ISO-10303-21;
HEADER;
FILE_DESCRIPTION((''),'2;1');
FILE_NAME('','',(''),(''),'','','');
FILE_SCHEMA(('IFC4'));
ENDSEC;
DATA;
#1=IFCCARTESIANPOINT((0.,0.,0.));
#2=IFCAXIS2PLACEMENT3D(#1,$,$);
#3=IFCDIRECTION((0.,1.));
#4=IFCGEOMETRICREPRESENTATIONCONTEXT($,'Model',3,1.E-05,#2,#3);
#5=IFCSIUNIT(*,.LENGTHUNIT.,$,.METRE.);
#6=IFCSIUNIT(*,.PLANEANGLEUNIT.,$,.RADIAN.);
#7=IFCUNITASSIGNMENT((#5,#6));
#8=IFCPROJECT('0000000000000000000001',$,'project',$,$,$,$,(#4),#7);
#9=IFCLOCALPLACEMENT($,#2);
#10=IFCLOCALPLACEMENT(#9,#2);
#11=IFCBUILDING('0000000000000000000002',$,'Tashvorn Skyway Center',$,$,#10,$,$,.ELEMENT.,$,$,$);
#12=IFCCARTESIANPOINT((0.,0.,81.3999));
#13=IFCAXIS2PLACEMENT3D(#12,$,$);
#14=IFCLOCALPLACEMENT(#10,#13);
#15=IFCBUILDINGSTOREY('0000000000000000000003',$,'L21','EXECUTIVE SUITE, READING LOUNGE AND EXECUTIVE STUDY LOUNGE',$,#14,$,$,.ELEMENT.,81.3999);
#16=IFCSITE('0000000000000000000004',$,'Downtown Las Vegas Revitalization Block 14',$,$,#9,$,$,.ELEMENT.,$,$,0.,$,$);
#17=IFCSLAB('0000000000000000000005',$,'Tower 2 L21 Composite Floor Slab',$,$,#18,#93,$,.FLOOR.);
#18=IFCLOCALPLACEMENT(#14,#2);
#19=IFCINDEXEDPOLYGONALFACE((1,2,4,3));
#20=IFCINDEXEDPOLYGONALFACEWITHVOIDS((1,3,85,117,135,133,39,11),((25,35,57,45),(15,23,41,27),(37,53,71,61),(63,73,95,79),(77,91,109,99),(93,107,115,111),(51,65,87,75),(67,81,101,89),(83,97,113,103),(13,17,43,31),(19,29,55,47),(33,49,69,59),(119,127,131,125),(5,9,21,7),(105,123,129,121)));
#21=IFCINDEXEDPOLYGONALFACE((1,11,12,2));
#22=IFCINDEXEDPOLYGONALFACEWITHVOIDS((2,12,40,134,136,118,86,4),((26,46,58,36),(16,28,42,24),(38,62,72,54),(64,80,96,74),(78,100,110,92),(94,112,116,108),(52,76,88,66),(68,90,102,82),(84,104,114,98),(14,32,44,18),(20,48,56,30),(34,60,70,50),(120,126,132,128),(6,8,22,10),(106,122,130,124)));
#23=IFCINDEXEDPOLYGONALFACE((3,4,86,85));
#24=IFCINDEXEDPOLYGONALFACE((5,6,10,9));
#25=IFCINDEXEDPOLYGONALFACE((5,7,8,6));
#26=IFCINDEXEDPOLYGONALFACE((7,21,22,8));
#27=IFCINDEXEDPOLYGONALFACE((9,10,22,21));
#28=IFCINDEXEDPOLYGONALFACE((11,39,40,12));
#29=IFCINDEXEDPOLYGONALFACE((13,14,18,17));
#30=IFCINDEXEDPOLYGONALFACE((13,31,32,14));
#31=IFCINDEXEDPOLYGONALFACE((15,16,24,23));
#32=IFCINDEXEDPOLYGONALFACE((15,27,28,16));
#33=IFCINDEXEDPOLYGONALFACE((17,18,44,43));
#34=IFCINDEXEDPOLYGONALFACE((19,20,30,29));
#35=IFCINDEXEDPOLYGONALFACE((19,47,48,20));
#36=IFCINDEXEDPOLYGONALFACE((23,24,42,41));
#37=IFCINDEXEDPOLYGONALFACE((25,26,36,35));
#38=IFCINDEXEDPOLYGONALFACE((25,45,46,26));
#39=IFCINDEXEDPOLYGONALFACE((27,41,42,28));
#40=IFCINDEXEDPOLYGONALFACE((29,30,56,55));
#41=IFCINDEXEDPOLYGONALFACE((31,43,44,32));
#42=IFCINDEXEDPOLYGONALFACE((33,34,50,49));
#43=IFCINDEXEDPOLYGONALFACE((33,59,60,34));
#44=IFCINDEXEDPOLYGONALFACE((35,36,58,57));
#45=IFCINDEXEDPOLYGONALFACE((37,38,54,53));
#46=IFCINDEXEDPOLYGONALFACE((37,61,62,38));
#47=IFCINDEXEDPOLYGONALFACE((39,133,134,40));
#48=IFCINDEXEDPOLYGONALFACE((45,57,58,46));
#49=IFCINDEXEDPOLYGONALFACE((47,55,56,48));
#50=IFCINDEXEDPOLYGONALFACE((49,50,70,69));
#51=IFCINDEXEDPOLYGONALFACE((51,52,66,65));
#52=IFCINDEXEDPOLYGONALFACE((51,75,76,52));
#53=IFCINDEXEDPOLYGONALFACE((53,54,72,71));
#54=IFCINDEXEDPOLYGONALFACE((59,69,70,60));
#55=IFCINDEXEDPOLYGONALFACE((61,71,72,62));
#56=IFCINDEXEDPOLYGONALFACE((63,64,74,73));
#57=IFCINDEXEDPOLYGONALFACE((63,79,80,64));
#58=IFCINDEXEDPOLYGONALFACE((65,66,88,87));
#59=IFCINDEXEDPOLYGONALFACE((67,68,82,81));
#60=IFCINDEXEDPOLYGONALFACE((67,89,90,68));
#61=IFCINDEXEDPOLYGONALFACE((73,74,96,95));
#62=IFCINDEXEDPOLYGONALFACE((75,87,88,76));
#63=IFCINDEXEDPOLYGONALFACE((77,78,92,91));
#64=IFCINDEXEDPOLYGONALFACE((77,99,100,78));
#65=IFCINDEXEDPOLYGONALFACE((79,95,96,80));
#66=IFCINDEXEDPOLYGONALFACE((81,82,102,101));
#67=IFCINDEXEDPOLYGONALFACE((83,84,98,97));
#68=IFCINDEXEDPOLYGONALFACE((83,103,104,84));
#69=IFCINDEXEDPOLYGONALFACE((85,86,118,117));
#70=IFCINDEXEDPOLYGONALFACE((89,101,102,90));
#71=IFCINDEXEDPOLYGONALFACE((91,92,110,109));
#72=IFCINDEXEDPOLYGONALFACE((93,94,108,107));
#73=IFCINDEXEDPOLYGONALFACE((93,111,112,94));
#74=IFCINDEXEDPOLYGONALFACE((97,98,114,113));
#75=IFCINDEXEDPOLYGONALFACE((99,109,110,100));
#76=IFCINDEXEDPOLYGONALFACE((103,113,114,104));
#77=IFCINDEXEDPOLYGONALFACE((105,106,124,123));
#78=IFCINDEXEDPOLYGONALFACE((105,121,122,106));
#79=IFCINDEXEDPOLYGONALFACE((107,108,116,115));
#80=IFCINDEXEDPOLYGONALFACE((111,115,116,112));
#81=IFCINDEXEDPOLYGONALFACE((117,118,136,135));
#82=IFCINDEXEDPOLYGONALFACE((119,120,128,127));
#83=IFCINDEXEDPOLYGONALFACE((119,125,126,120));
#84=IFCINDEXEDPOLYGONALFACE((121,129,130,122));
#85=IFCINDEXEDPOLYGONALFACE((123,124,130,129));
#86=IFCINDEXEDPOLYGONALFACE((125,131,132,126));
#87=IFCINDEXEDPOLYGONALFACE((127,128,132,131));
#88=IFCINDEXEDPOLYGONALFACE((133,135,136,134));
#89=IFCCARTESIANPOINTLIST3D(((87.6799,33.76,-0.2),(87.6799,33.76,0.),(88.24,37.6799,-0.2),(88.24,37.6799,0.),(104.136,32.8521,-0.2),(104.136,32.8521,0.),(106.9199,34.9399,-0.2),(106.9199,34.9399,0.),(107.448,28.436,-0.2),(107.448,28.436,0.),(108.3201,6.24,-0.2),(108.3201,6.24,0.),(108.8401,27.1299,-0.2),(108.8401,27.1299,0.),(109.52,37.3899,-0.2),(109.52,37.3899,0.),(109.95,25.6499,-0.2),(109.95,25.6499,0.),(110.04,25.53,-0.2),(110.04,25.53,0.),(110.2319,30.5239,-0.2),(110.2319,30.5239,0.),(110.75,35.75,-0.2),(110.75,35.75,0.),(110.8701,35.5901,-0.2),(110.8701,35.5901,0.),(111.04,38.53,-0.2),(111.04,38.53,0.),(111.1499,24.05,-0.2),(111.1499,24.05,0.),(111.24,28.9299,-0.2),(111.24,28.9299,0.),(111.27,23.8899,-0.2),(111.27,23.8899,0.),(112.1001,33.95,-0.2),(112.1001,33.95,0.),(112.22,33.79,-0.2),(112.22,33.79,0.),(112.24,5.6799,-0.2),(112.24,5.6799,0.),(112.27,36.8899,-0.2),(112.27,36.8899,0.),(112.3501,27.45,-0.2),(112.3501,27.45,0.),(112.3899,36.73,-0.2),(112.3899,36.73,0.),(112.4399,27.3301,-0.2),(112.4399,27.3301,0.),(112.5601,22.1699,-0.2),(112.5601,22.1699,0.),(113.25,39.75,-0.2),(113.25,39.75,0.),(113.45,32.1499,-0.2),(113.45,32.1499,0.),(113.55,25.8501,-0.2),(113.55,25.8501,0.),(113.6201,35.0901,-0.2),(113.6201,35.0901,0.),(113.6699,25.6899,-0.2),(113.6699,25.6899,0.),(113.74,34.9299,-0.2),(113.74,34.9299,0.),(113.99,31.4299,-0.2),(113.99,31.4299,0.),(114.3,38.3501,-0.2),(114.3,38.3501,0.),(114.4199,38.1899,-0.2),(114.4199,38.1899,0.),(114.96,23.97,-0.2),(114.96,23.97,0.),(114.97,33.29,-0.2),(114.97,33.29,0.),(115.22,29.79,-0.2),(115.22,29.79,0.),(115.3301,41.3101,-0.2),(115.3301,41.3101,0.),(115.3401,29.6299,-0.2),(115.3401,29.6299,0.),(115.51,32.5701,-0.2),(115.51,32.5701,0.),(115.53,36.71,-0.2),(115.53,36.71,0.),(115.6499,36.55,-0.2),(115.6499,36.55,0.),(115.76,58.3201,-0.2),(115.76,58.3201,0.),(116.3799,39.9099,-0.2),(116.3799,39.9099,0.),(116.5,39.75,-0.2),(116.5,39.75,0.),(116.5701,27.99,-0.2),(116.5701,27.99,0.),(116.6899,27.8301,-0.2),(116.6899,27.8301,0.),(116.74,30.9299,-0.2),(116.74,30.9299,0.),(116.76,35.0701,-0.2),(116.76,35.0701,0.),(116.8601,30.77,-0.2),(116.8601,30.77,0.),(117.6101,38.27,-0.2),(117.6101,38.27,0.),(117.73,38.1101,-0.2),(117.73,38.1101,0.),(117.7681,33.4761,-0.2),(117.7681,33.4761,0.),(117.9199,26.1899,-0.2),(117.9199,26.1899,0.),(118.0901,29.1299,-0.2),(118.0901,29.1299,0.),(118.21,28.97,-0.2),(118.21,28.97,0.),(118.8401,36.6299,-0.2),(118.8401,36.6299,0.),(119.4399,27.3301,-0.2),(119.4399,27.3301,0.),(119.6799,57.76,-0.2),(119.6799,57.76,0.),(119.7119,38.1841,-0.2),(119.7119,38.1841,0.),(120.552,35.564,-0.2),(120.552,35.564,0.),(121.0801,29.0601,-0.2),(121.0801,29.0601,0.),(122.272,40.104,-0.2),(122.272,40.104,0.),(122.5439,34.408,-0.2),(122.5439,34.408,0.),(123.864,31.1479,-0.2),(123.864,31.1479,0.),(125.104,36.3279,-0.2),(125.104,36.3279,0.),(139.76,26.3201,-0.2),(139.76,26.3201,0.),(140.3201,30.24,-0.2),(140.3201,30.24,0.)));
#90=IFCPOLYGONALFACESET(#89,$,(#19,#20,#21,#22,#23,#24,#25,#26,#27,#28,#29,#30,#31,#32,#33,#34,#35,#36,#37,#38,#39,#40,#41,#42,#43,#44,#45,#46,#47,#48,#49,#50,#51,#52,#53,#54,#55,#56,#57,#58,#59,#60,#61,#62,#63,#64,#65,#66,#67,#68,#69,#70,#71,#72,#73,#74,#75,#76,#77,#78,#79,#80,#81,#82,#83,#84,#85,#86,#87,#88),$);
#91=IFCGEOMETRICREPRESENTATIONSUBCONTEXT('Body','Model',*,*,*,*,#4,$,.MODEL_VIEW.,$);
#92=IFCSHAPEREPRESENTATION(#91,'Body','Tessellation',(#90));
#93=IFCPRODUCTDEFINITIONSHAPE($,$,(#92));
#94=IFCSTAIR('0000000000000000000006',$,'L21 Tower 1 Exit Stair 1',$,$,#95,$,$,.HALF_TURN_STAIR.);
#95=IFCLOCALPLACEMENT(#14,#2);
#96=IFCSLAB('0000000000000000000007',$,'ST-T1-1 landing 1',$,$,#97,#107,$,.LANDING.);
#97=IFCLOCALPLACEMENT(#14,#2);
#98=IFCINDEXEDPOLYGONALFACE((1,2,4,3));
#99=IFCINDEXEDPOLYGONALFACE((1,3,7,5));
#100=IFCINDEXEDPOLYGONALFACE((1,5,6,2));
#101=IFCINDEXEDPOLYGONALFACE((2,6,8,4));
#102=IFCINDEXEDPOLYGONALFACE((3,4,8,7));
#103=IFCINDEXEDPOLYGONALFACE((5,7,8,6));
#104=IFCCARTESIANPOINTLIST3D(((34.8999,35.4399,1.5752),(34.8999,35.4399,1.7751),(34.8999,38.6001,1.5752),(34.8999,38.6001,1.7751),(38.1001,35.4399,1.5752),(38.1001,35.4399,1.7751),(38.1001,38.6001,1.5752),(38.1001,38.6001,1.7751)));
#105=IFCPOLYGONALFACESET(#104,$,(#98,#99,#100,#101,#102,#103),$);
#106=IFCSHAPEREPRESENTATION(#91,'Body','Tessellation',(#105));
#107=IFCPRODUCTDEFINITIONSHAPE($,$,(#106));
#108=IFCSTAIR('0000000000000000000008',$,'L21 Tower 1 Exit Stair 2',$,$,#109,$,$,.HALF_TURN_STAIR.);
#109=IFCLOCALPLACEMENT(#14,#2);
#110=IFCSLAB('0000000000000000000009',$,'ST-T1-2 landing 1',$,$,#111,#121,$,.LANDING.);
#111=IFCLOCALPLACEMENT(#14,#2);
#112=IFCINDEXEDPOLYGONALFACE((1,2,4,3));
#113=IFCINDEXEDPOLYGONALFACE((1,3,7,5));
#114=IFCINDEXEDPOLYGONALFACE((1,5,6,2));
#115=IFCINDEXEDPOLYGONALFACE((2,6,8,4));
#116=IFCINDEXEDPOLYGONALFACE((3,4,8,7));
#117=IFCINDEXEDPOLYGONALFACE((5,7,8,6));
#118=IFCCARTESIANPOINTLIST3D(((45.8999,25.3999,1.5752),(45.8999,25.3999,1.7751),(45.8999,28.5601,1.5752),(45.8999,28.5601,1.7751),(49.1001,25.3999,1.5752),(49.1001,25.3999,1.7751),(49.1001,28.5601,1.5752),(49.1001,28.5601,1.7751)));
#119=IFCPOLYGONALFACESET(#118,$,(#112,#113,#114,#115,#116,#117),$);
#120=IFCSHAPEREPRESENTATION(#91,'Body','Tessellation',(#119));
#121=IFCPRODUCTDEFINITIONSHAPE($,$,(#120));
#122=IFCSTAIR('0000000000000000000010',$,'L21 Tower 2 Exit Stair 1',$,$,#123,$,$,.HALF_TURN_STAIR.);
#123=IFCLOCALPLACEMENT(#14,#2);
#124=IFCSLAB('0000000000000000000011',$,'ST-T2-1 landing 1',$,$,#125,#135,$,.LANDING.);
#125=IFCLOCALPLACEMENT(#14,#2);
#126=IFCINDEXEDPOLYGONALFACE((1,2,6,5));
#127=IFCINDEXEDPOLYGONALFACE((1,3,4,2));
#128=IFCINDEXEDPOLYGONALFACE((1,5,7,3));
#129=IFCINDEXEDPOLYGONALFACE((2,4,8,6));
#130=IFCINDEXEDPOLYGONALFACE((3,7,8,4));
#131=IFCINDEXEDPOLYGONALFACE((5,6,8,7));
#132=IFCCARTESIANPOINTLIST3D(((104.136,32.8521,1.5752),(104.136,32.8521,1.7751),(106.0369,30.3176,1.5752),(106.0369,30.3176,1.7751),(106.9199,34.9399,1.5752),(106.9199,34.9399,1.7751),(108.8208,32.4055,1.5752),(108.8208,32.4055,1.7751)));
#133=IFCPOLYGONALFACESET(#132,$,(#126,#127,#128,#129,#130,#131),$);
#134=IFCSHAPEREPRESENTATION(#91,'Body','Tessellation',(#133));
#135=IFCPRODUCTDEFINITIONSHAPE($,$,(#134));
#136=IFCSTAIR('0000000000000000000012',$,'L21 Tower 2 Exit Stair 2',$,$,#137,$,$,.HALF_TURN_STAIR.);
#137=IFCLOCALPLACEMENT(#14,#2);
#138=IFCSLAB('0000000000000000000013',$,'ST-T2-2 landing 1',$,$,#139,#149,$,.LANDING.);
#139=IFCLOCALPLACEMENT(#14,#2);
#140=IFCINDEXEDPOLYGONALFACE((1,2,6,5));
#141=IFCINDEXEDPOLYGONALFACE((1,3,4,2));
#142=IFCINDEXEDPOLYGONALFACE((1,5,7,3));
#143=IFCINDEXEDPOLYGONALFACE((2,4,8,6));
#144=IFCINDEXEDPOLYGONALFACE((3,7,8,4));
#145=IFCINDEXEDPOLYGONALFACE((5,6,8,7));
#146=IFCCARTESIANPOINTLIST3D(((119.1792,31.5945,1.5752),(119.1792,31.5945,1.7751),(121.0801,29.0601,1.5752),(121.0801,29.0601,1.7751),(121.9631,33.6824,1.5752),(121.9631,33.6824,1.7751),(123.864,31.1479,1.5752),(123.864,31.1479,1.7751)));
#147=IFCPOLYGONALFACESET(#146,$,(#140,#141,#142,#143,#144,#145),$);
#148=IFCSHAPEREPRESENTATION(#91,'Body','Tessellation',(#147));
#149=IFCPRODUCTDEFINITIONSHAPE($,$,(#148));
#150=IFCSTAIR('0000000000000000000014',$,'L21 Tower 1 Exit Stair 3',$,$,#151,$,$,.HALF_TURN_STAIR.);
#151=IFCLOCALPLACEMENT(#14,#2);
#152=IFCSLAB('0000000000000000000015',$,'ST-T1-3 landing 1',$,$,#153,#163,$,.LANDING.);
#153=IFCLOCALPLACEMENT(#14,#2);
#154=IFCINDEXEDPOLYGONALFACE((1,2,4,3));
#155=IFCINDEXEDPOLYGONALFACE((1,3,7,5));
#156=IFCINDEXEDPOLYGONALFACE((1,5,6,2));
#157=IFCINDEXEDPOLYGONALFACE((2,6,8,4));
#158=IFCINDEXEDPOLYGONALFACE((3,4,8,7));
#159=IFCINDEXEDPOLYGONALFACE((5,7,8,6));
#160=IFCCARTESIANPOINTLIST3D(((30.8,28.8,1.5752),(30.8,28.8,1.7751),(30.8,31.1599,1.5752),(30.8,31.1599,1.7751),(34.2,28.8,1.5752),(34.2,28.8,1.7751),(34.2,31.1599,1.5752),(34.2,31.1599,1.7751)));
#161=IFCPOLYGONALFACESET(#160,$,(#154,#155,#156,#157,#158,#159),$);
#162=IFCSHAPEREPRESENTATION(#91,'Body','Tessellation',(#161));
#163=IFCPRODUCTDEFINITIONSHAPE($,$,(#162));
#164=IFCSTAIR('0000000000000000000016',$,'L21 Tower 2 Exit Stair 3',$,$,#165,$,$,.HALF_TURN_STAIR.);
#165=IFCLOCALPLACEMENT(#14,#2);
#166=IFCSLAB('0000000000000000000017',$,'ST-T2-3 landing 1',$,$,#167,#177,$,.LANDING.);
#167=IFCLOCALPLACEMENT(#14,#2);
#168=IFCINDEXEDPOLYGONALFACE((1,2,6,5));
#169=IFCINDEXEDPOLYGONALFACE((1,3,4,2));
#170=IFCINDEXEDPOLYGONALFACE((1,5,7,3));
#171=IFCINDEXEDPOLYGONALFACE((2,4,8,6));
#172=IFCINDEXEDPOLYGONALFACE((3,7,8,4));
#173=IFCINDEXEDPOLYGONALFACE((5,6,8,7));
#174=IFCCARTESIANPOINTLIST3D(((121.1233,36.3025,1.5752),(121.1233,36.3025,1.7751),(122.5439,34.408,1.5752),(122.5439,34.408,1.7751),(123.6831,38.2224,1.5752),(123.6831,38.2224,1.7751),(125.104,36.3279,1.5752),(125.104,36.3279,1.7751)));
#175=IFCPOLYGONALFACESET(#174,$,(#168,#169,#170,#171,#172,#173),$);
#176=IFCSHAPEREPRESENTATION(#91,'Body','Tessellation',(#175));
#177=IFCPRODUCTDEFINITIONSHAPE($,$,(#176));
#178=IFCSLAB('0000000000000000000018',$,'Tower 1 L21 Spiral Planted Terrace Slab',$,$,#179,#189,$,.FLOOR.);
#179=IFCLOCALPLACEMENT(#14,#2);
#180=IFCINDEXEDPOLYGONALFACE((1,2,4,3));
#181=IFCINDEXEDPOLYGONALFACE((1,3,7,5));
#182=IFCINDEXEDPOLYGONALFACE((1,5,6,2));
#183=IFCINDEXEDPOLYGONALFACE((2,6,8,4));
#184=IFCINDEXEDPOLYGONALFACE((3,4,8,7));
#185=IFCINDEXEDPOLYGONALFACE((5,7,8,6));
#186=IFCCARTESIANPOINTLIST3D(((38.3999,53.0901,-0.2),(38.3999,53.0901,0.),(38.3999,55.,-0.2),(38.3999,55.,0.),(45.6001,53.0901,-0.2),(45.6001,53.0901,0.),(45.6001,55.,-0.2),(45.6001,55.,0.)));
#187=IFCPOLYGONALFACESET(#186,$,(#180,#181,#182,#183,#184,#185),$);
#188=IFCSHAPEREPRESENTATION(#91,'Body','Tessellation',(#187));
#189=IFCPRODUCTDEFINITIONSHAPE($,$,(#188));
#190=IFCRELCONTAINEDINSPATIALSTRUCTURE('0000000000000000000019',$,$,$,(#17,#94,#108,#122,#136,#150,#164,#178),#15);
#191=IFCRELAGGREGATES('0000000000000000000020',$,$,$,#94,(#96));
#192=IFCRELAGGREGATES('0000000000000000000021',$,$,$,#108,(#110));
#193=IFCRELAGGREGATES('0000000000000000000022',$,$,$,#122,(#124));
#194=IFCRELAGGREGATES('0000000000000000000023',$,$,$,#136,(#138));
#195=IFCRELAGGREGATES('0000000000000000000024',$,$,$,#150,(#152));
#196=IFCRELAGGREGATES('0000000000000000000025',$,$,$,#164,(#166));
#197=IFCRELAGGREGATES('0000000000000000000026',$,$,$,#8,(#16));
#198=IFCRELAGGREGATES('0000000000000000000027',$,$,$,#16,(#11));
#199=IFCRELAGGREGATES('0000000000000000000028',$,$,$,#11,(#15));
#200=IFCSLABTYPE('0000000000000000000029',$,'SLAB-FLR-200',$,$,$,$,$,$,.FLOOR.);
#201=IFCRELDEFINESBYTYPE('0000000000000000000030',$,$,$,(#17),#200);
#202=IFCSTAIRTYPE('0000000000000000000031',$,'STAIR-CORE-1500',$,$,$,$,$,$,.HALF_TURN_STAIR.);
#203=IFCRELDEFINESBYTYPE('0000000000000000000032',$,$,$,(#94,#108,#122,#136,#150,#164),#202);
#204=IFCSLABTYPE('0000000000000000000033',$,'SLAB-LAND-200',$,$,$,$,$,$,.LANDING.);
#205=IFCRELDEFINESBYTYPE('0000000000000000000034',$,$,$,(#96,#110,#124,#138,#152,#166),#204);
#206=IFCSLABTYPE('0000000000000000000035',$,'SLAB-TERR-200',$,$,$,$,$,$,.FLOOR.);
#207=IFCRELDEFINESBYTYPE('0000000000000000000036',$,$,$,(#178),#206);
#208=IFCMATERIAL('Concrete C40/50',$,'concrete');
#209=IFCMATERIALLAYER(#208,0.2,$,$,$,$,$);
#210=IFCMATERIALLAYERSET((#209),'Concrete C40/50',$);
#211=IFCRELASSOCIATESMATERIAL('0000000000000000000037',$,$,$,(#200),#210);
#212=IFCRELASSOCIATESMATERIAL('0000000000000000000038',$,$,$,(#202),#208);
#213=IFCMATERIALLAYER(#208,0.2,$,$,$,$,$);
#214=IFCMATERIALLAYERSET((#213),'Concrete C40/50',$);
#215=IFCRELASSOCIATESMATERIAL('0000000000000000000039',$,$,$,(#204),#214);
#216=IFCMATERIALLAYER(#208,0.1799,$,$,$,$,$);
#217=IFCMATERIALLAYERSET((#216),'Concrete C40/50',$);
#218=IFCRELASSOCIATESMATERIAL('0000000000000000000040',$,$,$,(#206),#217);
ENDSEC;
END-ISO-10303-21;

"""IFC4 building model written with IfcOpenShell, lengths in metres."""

from ifc_helpers import new_model, si_unit, direction, frame, origin, place, context, subcontext, project, spatial, polyline, outline, extrude, material, layer, layer_set, type_object, element, aggregate, save


model = new_model("IFC4")

# Units and contexts
model_context = context("Model", 3, precision=1e-05, world=origin(), true_north=direction((0.0, 1.0)))
body_context = subcontext(model_context, "Body", "Model", "MODEL_VIEW")
ifc_project = project(units=[si_unit("LENGTHUNIT", "METRE"), si_unit("PLANEANGLEUNIT", "RADIAN")], contexts=[model_context])

# Site, building, storey
site_placement = place(None, origin())
site = spatial("IfcSite", under=ifc_project, at=site_placement, Name="Downtown Las Vegas Revitalization Block 14", CompositionType="ELEMENT", RefElevation=0.0)
building_placement = place(site_placement, origin())
building = spatial("IfcBuilding", under=site, at=building_placement, Name="Tashvorn Skyway Center", CompositionType="ELEMENT")
storey_placement = place(building_placement, frame((0.0, 0.0, 81.3999)))
storey = spatial("IfcBuildingStorey", under=building, at=storey_placement, Name="L21", Description="EXECUTIVE SUITE, READING LOUNGE AND EXECUTIVE STUDY LOUNGE", CompositionType="ELEMENT", Elevation=81.3999)

# Slab
ifc_material_1 = material(Name="Concrete C40/50", Category="concrete")
ifc_layer_1 = layer(ifc_material_1, 0.2)
ifc_layer_set_1 = layer_set([ifc_layer_1], Name="Concrete C40/50")
slab_type_1 = type_object("IfcSlabType", Name="SLAB-FLR-200", PredefinedType="FLOOR", material=ifc_layer_set_1)
slab_1_placement = place(storey_placement, frame((0.0, 0.0, -0.2)))
element("IfcSlab", 1, at=slab_1_placement, inside=storey, type_object=slab_type_1, Name="Tower 2 L21 Composite Floor Slab", PredefinedType="FLOOR", context=body_context, shape_type="SweptSolid", body=[
    extrude(outline(polyline([(112.24, 5.6799), (139.76, 26.3201), (140.3201, 30.24), (119.6799, 57.76), (115.76, 58.3201), (88.24, 37.6799), (87.6799, 33.76), (108.3201, 6.24), (112.24, 5.6799)]), holes=[polyline([(110.2319, 30.5239), (106.9199, 34.9399), (104.136, 32.8521), (107.448, 28.436), (110.2319, 30.5239)]), polyline([(117.7681, 33.4761), (121.0801, 29.0601), (123.864, 31.1479), (120.552, 35.564), (117.7681, 33.4761)]), polyline([(119.7119, 38.1841), (122.5439, 34.408), (125.104, 36.3279), (122.272, 40.104), (119.7119, 38.1841)]), polyline([(109.95, 25.6499), (112.3501, 27.45), (111.24, 28.9299), (108.8401, 27.1299), (109.95, 25.6499)]), polyline([(111.1499, 24.05), (113.55, 25.8501), (112.4399, 27.3301), (110.04, 25.53), (111.1499, 24.05)]), polyline([(112.5601, 22.1699), (114.96, 23.97), (113.6699, 25.6899), (111.27, 23.8899), (112.5601, 22.1699)]), polyline([(117.9199, 26.1899), (119.4399, 27.3301), (118.21, 28.97), (116.6899, 27.8301), (117.9199, 26.1899)]), polyline([(116.5701, 27.99), (118.0901, 29.1299), (116.8601, 30.77), (115.3401, 29.6299), (116.5701, 27.99)]), polyline([(115.22, 29.79), (116.74, 30.9299), (115.51, 32.5701), (113.99, 31.4299), (115.22, 29.79)]), polyline([(113.45, 32.1499), (114.97, 33.29), (113.74, 34.9299), (112.22, 33.79), (113.45, 32.1499)]), polyline([(112.1001, 33.95), (113.6201, 35.0901), (112.3899, 36.73), (110.8701, 35.5901), (112.1001, 33.95)]), polyline([(110.75, 35.75), (112.27, 36.8899), (111.04, 38.53), (109.52, 37.3899), (110.75, 35.75)]), polyline([(116.76, 35.0701), (118.8401, 36.6299), (117.73, 38.1101), (115.6499, 36.55), (116.76, 35.0701)]), polyline([(115.53, 36.71), (117.6101, 38.27), (116.5, 39.75), (114.4199, 38.1899), (115.53, 36.71)]), polyline([(114.3, 38.3501), (116.3799, 39.9099), (115.3301, 41.3101), (113.25, 39.75), (114.3, 38.3501)])]), origin(), (0.0, 0.0, 1.0), 0.2),
])

# Stairs, slabs
stair_type = type_object("IfcStairType", Name="STAIR-CORE-1500", PredefinedType="HALF_TURN_STAIR", material=ifc_material_1)
stair_1_placement = place(storey_placement, origin())
stair_1 = element("IfcStair", 2, at=stair_1_placement, inside=storey, type_object=stair_type, Name="L21 Tower 1 Exit Stair 1", PredefinedType="HALF_TURN_STAIR")
ifc_layer_2 = layer(ifc_material_1, 0.2)
ifc_layer_set_2 = layer_set([ifc_layer_2], Name="Concrete C40/50")
slab_type_2 = type_object("IfcSlabType", Name="SLAB-LAND-200", PredefinedType="LANDING", material=ifc_layer_set_2)
slab_2_placement = place(storey_placement, frame((0.0, 0.0, 1.5752)))
slab_2 = element("IfcSlab", 3, at=slab_2_placement, type_object=slab_type_2, Name="ST-T1-1 landing 1", PredefinedType="LANDING", context=body_context, shape_type="SweptSolid", body=[
    extrude(outline(polyline([(38.1001, 35.4399), (38.1001, 38.6001), (34.8999, 38.6001), (34.8999, 35.4399), (38.1001, 35.4399)])), origin(), (0.0, 0.0, 1.0), 0.2),
])
aggregate(stair_1, [slab_2])
stair_2_placement = place(storey_placement, origin())
stair_2 = element("IfcStair", 4, at=stair_2_placement, inside=storey, type_object=stair_type, Name="L21 Tower 1 Exit Stair 2", PredefinedType="HALF_TURN_STAIR")
slab_3_placement = place(storey_placement, frame((0.0, 0.0, 1.5752)))
slab_3 = element("IfcSlab", 5, at=slab_3_placement, type_object=slab_type_2, Name="ST-T1-2 landing 1", PredefinedType="LANDING", context=body_context, shape_type="SweptSolid", body=[
    extrude(outline(polyline([(45.8999, 28.5601), (45.8999, 25.3999), (49.1001, 25.3999), (49.1001, 28.5601), (45.8999, 28.5601)])), origin(), (0.0, 0.0, 1.0), 0.2),
])
aggregate(stair_2, [slab_3])
stair_3_placement = place(storey_placement, origin())
stair_3 = element("IfcStair", 6, at=stair_3_placement, inside=storey, type_object=stair_type, Name="L21 Tower 2 Exit Stair 1", PredefinedType="HALF_TURN_STAIR")
slab_4_placement = place(storey_placement, frame((0.0, 0.0, 1.5752)))
slab_4 = element("IfcSlab", 7, at=slab_4_placement, type_object=slab_type_2, Name="ST-T2-1 landing 1", PredefinedType="LANDING", context=body_context, shape_type="SweptSolid", body=[
    extrude(outline(polyline([(108.8208, 32.4055), (106.9199, 34.9399), (104.136, 32.8521), (106.0369, 30.3176), (108.8208, 32.4055)])), origin(), (0.0, 0.0, 1.0), 0.2),
])
aggregate(stair_3, [slab_4])
stair_4_placement = place(storey_placement, origin())
stair_4 = element("IfcStair", 8, at=stair_4_placement, inside=storey, type_object=stair_type, Name="L21 Tower 2 Exit Stair 2", PredefinedType="HALF_TURN_STAIR")
slab_5_placement = place(storey_placement, frame((0.0, 0.0, 1.5752)))
slab_5 = element("IfcSlab", 9, at=slab_5_placement, type_object=slab_type_2, Name="ST-T2-2 landing 1", PredefinedType="LANDING", context=body_context, shape_type="SweptSolid", body=[
    extrude(outline(polyline([(119.1792, 31.5945), (121.0801, 29.0601), (123.864, 31.1479), (121.9631, 33.6824), (119.1792, 31.5945)])), origin(), (0.0, 0.0, 1.0), 0.2),
])
aggregate(stair_4, [slab_5])
stair_5_placement = place(storey_placement, origin())
stair_5 = element("IfcStair", 10, at=stair_5_placement, inside=storey, type_object=stair_type, Name="L21 Tower 1 Exit Stair 3", PredefinedType="HALF_TURN_STAIR")
slab_6_placement = place(storey_placement, frame((0.0, 0.0, 1.5752)))
slab_6 = element("IfcSlab", 11, at=slab_6_placement, type_object=slab_type_2, Name="ST-T1-3 landing 1", PredefinedType="LANDING", context=body_context, shape_type="SweptSolid", body=[
    extrude(outline(polyline([(30.8, 31.1599), (30.8, 28.8), (34.2, 28.8), (34.2, 31.1599), (30.8, 31.1599)])), origin(), (0.0, 0.0, 1.0), 0.2),
])
aggregate(stair_5, [slab_6])
stair_6_placement = place(storey_placement, origin())
stair_6 = element("IfcStair", 12, at=stair_6_placement, inside=storey, type_object=stair_type, Name="L21 Tower 2 Exit Stair 3", PredefinedType="HALF_TURN_STAIR")
slab_7_placement = place(storey_placement, frame((0.0, 0.0, 1.5752)))
slab_7 = element("IfcSlab", 13, at=slab_7_placement, type_object=slab_type_2, Name="ST-T2-3 landing 1", PredefinedType="LANDING", context=body_context, shape_type="SweptSolid", body=[
    extrude(outline(polyline([(121.1233, 36.3025), (122.5439, 34.408), (125.104, 36.3279), (123.6831, 38.2224), (121.1233, 36.3025)])), origin(), (0.0, 0.0, 1.0), 0.2),
])
aggregate(stair_6, [slab_7])

# Slab
ifc_layer_3 = layer(ifc_material_1, 0.1799)
ifc_layer_set_3 = layer_set([ifc_layer_3], Name="Concrete C40/50")
slab_type_3 = type_object("IfcSlabType", Name="SLAB-TERR-200", PredefinedType="FLOOR", material=ifc_layer_set_3)
slab_8_placement = place(storey_placement, frame((0.0, 0.0, -0.2)))
element("IfcSlab", 14, at=slab_8_placement, inside=storey, type_object=slab_type_3, Name="Tower 1 L21 Spiral Planted Terrace Slab", PredefinedType="FLOOR", context=body_context, shape_type="SweptSolid", body=[
    extrude(outline(polyline([(38.3999, 53.0901), (45.6001, 53.0901), (45.6001, 55.0), (38.3999, 55.0), (38.3999, 53.0901)])), origin(), (0.0, 0.0, 1.0), 0.2),
])

save(model, "model.ifc")
